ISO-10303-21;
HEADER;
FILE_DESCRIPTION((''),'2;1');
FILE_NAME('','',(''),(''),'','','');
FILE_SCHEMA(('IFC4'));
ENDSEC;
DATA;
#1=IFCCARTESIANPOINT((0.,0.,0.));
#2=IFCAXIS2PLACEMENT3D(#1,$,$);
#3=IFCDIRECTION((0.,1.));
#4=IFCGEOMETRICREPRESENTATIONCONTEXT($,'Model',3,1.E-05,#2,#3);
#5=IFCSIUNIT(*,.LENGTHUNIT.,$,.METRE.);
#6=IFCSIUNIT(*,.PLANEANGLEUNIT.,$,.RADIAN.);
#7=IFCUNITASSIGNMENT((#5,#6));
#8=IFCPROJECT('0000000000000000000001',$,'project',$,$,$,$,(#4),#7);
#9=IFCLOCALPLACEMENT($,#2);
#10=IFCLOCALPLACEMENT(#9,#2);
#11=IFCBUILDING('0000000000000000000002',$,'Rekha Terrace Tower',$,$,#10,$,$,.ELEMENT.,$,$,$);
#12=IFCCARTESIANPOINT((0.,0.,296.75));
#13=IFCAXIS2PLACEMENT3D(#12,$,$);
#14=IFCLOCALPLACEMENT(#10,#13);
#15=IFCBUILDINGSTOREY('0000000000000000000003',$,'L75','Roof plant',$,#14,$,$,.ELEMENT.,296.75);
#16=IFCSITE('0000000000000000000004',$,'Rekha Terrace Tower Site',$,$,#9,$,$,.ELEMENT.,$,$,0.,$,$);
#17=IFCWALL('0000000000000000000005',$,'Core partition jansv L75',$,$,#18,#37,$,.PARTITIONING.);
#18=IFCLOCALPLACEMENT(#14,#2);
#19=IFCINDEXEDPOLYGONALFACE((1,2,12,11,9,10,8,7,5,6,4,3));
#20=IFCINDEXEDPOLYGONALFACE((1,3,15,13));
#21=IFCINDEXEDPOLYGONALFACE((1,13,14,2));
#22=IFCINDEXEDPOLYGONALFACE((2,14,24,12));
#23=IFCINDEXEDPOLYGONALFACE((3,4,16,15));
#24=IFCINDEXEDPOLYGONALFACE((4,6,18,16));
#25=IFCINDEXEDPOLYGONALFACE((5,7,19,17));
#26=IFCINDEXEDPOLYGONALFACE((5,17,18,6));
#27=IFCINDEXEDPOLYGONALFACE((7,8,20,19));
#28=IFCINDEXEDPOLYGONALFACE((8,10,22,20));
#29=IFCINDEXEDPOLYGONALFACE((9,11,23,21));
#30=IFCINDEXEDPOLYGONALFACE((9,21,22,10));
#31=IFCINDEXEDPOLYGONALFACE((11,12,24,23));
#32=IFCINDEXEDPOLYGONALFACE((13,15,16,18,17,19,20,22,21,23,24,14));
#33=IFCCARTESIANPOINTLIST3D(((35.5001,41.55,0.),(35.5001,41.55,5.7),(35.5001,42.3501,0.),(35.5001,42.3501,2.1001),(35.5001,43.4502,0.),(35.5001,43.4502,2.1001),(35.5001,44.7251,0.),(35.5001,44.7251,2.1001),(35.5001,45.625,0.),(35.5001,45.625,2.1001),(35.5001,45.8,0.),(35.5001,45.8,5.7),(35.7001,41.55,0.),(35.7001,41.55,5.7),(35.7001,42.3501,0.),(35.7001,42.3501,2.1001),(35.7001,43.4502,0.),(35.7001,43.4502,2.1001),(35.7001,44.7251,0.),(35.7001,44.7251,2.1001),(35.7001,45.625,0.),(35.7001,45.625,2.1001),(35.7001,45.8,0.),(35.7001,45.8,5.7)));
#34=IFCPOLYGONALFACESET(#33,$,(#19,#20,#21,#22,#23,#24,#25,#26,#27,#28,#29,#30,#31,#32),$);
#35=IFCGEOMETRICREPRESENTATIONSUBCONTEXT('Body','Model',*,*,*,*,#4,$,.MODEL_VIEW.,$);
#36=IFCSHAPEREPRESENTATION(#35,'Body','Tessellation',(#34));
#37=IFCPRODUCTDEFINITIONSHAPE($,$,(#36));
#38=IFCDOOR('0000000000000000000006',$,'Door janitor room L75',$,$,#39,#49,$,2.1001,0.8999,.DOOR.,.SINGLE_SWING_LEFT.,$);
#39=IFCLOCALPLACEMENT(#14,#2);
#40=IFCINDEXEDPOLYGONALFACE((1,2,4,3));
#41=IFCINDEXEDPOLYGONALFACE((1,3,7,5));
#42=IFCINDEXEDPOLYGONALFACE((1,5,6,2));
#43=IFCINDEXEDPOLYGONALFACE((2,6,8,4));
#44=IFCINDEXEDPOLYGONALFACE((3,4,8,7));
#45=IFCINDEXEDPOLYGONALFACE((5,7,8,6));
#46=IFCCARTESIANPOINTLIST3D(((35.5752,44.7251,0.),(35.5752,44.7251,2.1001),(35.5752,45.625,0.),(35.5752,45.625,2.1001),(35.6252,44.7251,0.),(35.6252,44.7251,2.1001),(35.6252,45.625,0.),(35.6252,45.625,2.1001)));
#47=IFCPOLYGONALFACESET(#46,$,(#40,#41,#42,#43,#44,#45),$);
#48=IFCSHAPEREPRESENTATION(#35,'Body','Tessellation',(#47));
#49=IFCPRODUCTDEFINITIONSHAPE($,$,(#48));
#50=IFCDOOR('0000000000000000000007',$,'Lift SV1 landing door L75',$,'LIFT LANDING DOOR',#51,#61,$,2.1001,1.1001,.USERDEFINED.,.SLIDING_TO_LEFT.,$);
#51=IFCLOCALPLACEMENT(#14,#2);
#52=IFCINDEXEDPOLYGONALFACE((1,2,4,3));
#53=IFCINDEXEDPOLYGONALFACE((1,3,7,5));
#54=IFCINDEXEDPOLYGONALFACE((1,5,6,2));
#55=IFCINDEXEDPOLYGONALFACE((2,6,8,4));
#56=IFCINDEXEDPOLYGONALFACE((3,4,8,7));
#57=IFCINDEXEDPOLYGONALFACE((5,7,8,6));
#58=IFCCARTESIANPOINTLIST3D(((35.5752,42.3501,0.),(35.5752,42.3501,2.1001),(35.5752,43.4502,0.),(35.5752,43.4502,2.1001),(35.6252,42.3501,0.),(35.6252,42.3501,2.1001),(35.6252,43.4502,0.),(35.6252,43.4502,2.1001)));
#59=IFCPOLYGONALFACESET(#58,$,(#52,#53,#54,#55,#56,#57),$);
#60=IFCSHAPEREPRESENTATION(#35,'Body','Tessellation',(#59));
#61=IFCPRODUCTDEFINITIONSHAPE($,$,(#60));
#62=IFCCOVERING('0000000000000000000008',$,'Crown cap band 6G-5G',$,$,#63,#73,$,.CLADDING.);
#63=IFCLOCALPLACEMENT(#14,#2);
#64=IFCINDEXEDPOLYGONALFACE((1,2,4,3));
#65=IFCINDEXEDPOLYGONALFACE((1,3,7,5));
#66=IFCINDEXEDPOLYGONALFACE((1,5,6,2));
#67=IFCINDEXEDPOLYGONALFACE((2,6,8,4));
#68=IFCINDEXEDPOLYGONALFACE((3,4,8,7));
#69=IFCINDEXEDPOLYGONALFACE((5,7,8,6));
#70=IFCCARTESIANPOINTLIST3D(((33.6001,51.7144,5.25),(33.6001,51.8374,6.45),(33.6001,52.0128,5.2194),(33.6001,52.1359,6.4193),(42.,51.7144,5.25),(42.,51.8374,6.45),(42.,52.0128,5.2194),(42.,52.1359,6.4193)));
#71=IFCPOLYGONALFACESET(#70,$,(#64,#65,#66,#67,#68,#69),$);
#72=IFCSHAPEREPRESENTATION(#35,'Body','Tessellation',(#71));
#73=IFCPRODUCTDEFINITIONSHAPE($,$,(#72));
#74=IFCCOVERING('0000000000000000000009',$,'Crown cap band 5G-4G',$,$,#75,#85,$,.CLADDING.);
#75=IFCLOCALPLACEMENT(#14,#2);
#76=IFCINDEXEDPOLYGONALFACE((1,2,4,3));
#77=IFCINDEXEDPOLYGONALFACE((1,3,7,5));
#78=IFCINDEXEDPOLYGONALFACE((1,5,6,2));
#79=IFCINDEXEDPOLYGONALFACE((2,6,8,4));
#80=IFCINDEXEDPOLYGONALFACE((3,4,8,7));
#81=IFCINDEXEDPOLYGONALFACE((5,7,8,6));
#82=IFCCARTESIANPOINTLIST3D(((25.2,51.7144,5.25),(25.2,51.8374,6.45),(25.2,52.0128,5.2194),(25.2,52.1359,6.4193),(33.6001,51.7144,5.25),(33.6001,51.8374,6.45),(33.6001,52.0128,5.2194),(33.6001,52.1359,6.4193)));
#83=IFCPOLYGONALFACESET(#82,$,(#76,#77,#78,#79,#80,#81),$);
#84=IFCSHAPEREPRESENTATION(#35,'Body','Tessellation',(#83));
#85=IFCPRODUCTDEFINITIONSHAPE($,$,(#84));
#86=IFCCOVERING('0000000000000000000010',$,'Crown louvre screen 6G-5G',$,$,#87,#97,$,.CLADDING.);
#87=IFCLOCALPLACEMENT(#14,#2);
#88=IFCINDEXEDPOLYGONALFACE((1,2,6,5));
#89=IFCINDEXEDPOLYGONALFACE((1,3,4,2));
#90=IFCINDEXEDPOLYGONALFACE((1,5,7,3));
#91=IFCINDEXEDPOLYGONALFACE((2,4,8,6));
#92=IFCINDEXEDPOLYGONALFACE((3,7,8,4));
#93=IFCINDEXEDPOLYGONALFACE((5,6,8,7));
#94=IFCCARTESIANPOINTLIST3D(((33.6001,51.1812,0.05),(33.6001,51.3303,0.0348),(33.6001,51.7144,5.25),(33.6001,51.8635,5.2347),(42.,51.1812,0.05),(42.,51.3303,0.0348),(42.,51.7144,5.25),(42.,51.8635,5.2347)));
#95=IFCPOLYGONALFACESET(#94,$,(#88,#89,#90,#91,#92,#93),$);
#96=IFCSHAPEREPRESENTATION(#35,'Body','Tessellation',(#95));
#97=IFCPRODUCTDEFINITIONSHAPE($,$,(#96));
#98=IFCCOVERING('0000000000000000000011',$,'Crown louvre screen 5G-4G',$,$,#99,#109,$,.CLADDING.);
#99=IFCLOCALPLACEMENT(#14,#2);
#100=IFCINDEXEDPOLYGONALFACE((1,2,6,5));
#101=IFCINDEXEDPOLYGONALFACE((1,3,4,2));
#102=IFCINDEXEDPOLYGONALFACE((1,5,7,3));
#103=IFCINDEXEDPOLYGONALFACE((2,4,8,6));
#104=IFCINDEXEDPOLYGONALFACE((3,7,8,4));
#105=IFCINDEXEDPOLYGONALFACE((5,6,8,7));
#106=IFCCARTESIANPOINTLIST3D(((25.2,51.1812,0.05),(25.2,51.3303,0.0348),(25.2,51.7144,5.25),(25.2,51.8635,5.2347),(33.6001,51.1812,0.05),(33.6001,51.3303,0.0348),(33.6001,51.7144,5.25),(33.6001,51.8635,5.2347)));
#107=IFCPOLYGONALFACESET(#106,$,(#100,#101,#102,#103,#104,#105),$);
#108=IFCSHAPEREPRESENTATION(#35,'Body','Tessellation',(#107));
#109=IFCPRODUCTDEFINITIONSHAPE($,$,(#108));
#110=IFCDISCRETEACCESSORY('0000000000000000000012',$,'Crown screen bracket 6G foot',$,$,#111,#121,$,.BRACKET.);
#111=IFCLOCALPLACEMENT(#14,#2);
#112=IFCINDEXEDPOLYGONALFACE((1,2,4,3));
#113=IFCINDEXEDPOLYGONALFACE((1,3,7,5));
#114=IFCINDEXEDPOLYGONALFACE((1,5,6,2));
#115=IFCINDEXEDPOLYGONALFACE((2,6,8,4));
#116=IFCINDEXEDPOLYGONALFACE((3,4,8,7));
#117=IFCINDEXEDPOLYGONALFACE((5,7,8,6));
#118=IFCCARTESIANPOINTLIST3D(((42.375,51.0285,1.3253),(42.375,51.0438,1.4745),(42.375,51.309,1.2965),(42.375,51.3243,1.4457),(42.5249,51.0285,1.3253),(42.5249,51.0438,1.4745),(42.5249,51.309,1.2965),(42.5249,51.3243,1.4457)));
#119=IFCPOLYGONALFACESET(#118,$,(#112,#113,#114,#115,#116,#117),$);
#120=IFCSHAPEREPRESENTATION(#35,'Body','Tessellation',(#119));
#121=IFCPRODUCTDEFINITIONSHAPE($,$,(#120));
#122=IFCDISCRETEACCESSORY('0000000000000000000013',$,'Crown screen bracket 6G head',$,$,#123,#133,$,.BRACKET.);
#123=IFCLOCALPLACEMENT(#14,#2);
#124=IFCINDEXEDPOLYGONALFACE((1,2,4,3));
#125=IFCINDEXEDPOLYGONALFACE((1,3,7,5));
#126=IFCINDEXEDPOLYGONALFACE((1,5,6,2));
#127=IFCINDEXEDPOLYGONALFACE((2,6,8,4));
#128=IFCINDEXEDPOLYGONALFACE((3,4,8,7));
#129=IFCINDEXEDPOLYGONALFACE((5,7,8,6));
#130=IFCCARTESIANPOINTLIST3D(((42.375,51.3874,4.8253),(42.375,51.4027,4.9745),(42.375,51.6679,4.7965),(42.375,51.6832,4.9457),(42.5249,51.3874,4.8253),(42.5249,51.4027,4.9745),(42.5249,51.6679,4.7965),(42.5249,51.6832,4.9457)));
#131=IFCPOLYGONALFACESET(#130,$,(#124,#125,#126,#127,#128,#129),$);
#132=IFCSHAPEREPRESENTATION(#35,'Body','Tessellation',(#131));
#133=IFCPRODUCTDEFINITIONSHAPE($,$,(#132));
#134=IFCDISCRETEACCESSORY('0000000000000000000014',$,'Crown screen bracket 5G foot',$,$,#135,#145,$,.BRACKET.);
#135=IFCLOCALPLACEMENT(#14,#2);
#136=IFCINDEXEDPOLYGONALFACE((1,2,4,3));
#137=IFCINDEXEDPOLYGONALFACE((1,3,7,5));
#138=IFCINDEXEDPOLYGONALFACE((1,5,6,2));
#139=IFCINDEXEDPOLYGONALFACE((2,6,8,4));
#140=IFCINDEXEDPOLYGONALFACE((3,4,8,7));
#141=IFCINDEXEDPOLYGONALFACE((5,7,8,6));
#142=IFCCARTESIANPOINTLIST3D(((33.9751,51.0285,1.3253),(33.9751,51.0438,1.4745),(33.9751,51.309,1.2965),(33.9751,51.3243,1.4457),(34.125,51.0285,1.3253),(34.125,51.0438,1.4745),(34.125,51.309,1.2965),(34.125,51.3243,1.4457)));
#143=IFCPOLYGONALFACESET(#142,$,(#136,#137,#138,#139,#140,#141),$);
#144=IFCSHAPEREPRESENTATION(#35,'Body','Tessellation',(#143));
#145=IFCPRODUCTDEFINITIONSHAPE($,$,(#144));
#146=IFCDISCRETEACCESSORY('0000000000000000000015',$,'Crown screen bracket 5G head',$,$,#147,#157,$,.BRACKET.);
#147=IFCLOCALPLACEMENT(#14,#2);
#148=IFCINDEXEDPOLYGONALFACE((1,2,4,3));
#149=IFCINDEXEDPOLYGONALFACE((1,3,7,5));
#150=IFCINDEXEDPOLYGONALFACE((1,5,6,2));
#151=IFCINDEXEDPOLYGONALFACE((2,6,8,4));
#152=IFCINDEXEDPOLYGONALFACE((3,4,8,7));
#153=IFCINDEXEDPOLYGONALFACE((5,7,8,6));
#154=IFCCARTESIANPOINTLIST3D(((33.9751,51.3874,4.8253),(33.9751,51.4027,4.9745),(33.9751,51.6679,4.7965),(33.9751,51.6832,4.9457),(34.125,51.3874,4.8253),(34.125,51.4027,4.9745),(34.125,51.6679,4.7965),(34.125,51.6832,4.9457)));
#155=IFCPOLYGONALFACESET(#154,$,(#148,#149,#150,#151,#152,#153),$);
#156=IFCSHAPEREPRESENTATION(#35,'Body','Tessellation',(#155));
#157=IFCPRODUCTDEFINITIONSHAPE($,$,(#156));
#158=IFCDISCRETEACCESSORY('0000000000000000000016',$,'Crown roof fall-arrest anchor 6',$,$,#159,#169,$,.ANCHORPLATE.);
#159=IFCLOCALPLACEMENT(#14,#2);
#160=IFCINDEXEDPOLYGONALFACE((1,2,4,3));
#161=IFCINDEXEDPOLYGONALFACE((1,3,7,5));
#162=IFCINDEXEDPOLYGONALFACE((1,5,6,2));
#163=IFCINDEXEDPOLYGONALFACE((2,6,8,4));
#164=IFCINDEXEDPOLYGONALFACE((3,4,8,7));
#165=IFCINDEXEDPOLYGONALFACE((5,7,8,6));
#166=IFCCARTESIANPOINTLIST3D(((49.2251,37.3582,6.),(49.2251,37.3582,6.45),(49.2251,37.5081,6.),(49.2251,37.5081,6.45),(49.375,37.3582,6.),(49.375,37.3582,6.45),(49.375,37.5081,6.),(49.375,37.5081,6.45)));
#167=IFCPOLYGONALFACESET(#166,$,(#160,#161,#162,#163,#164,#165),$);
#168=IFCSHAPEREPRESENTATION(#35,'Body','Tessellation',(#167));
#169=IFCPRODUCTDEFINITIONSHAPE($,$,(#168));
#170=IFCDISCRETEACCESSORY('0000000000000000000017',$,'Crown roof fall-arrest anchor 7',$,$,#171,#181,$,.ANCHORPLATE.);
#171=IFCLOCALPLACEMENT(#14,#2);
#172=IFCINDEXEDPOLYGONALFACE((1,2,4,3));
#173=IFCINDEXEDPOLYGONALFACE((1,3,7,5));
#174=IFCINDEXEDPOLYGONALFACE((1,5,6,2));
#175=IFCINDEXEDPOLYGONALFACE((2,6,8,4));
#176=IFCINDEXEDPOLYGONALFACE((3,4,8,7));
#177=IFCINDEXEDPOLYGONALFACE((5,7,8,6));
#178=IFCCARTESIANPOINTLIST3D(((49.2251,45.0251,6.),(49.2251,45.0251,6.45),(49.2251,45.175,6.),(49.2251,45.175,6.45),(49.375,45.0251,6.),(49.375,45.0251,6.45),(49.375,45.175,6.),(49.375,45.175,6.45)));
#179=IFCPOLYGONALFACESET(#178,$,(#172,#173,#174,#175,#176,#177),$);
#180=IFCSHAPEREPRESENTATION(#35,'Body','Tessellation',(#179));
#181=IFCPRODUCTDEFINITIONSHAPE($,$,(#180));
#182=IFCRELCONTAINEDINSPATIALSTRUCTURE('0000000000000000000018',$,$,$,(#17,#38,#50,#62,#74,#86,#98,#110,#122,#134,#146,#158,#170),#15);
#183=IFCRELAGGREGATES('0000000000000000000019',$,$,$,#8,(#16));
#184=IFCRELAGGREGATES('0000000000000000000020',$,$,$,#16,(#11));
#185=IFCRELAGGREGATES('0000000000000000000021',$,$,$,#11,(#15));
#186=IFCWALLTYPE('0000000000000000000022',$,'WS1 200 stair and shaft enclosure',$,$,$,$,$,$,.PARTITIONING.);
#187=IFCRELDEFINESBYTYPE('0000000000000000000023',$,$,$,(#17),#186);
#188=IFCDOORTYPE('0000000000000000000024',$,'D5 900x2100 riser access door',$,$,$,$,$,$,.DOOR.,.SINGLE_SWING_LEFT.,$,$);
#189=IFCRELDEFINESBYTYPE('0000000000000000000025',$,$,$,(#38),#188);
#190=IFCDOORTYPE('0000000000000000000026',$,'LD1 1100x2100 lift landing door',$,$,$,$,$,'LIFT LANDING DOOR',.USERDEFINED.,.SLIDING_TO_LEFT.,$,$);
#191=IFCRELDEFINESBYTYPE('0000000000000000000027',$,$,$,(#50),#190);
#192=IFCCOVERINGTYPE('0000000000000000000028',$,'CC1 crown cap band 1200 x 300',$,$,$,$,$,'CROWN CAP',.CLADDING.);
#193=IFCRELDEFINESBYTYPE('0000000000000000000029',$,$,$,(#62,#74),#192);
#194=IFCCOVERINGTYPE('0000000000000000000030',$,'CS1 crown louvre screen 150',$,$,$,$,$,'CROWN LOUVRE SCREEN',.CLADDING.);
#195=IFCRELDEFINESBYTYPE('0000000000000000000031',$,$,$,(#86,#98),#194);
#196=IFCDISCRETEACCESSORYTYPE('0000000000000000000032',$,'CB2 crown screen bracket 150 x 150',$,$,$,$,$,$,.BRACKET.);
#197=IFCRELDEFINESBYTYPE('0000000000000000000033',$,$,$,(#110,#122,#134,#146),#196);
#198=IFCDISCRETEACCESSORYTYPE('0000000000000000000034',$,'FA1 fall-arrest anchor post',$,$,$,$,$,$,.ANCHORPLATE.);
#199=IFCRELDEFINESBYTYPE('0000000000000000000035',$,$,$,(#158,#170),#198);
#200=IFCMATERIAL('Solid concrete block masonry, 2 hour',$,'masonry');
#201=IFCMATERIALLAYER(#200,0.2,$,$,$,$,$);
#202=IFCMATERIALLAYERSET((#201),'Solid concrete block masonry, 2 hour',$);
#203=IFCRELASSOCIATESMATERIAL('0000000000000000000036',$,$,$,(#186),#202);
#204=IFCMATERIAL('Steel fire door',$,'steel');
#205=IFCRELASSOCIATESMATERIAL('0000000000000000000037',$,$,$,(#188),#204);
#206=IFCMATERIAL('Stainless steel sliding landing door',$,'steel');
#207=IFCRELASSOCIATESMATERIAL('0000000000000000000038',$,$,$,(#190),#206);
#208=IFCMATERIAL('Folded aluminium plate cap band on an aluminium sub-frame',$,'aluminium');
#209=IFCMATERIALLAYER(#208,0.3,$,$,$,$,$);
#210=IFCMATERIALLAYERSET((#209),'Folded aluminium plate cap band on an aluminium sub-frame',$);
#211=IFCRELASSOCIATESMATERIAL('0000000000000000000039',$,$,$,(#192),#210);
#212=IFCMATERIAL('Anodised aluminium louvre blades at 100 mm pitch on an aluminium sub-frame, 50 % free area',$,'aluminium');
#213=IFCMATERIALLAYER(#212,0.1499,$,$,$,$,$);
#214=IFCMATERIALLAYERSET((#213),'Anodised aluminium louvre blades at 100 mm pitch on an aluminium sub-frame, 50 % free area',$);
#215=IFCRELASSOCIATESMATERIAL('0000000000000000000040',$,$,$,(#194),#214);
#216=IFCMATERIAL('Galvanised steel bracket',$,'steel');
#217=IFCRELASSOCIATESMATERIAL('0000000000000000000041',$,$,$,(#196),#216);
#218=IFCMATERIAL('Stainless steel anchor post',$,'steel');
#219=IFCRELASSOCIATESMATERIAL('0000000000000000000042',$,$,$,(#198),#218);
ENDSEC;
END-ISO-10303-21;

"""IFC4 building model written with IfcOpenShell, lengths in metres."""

from ifc_helpers import new_model, si_unit, direction, frame, frame_2d, origin, origin_2d, place, context, subcontext, project, spatial, polyline, rectangle, outline, extrude, material, layer, layer_set, type_object, element, fill, save


model = new_model("IFC4")

# Units and contexts
model_context = context("Model", 3, precision=1e-05, world=origin(), true_north=direction((0.0, 1.0)))
body_context = subcontext(model_context, "Body", "Model", "MODEL_VIEW")
ifc_project = project(units=[si_unit("LENGTHUNIT", "METRE"), si_unit("PLANEANGLEUNIT", "RADIAN")], contexts=[model_context])

# Site, building, storey
site_placement = place(None, origin())
site = spatial("IfcSite", under=ifc_project, at=site_placement, Name="Rekha Terrace Tower Site", CompositionType="ELEMENT", RefElevation=0.0)
building_placement = place(site_placement, origin())
building = spatial("IfcBuilding", under=site, at=building_placement, Name="Rekha Terrace Tower", CompositionType="ELEMENT")
storey_placement = place(building_placement, frame((0.0, 0.0, 296.75)))
storey = spatial("IfcBuildingStorey", under=building, at=storey_placement, Name="L75", Description="Roof plant", CompositionType="ELEMENT", Elevation=296.75)

# Shared definitions
ifc_material_1 = material(Name="Stainless steel sliding landing door", Category="steel")
ifc_material_2 = material(Name="Steel fire door", Category="steel")

# Shared definitions
ifc_material_3 = material(Name="Solid concrete block masonry, 2 hour", Category="masonry")
ifc_layer_1 = layer(ifc_material_3, 0.2)
ifc_layer_set_1 = layer_set([ifc_layer_1], Name="Solid concrete block masonry, 2 hour")
wall_type_1 = type_object("IfcWallType", Name="WS1 200 stair and shaft enclosure", PredefinedType="PARTITIONING", material=ifc_layer_set_1)

# Shared definitions
door_type_1 = type_object("IfcDoorType", Name="D5 900x2100 riser access door", OperationType="SINGLE_SWING_LEFT", PredefinedType="DOOR", material=ifc_material_2)

# Wall, openings, doors
wall_1_placement = place(storey_placement, frame((35.6001, 41.55, 0.0), z_axis=(0.0, 0.0, 1.0), x_axis=(0.0, 1.0, 0.0)))
wall_1 = element("IfcWall", 1, at=wall_1_placement, inside=storey, type_object=wall_type_1, Name="Core partition jansv L75", PredefinedType="PARTITIONING", context=body_context, shape_type="SweptSolid", body=[
    extrude(rectangle(XDim=4.25, YDim=0.2, at=frame_2d((2.125, 0.0))), origin(), (0.0, 0.0, 1.0), 5.7),
])
opening_1_placement = place(wall_1_placement, frame((3.175, 0.0, 0.0)))
opening_1 = element("IfcOpeningElement", 2, at=opening_1_placement, cuts=wall_1, PredefinedType="OPENING", context=body_context, shape_type="SweptSolid", body=[
    extrude(rectangle(XDim=0.8999, YDim=2.1001, at=frame_2d((0.45, 1.05))), frame((0.0, 0.1099, 0.0), z_axis=(0.0, -1.0, 0.0), x_axis=(1.0, 0.0, 0.0)), (0.0, 0.0, 1.0), 0.22),
])
opening_2_placement = place(wall_1_placement, frame((0.8, 0.0, 0.0)))
opening_2 = element("IfcOpeningElement", 3, at=opening_2_placement, cuts=wall_1, PredefinedType="OPENING", context=body_context, shape_type="SweptSolid", body=[
    extrude(rectangle(XDim=1.1001, YDim=2.1001, at=frame_2d((0.55, 1.05))), frame((0.0, 0.1099, 0.0), z_axis=(0.0, -1.0, 0.0), x_axis=(1.0, 0.0, 0.0)), (0.0, 0.0, 1.0), 0.22),
])
door_1_placement = place(opening_1_placement, origin())
door_1 = element("IfcDoor", 4, at=door_1_placement, inside=storey, type_object=door_type_1, Name="Door janitor room L75", OperationType="SINGLE_SWING_LEFT", OverallHeight=2.1001, OverallWidth=0.8999, PredefinedType="DOOR", context=body_context, shape_type="SweptSolid", body=[
    extrude(rectangle(XDim=0.8999, YDim=2.1001, at=frame_2d((0.45, 1.05))), frame((0.0, 0.0249, 0.0), z_axis=(0.0, -1.0, 0.0), x_axis=(1.0, 0.0, 0.0)), (0.0, 0.0, 1.0), 0.05),
])
fill(opening_1, door_1)
door_type_2 = type_object("IfcDoorType", Name="LD1 1100x2100 lift landing door", ElementType="LIFT LANDING DOOR", OperationType="SLIDING_TO_LEFT", PredefinedType="USERDEFINED", material=ifc_material_1)
door_2_placement = place(opening_2_placement, origin())
door_2 = element("IfcDoor", 5, at=door_2_placement, inside=storey, type_object=door_type_2, Name="Lift SV1 landing door L75", ObjectType="LIFT LANDING DOOR", OperationType="SLIDING_TO_LEFT", OverallHeight=2.1001, OverallWidth=1.1001, PredefinedType="USERDEFINED", context=body_context, shape_type="SweptSolid", body=[
    extrude(rectangle(XDim=1.1001, YDim=2.1001, at=frame_2d((0.55, 1.05))), frame((0.0, 0.0249, 0.0), z_axis=(0.0, -1.0, 0.0), x_axis=(1.0, 0.0, 0.0)), (0.0, 0.0, 1.0), 0.05),
])
fill(opening_2, door_2)

# Coverings
ifc_material_4 = material(Name="Folded aluminium plate cap band on an aluminium sub-frame", Category="aluminium")
ifc_layer_2 = layer(ifc_material_4, 0.3)
ifc_layer_set_2 = layer_set([ifc_layer_2], Name="Folded aluminium plate cap band on an aluminium sub-frame")
covering_type_1 = type_object("IfcCoveringType", Name="CC1 crown cap band 1200 x 300", ElementType="CROWN CAP", PredefinedType="CLADDING", material=ifc_layer_set_2)
covering_1_placement = place(storey_placement, frame((42.0, 51.7144, 5.25), z_axis=(0.0, -0.994784, 0.102008), x_axis=(-1.0, 0.0, 0.0)))
element("IfcCovering", 6, at=covering_1_placement, inside=storey, type_object=covering_type_1, Name="Crown cap band 6G-5G", PredefinedType="CLADDING", context=body_context, shape_type="SweptSolid", body=[
    extrude(outline(polyline([(0.0, 0.0), (8.3999, 0.0), (8.3999, -1.2062), (0.0, -1.2062), (0.0, 0.0)])), origin(), (0.0, 0.0, -1.0), 0.3),
])
covering_2_placement = place(storey_placement, frame((33.6001, 51.7144, 5.25), z_axis=(0.0, -0.994784, 0.102008), x_axis=(-1.0, 0.0, 0.0)))
element("IfcCovering", 7, at=covering_2_placement, inside=storey, type_object=covering_type_1, Name="Crown cap band 5G-4G", PredefinedType="CLADDING", context=body_context, shape_type="SweptSolid", body=[
    extrude(outline(polyline([(0.0, 0.0), (8.4001, 0.0), (8.4001, -1.2062), (0.0, -1.2062), (0.0, 0.0)])), origin(), (0.0, 0.0, -1.0), 0.3),
])
ifc_material_5 = material(Name="Anodised aluminium louvre blades at 100 mm pitch on an aluminium sub-frame, 50 % free area", Category="aluminium")
ifc_layer_3 = layer(ifc_material_5, 0.1499)
ifc_layer_set_3 = layer_set([ifc_layer_3], Name="Anodised aluminium louvre blades at 100 mm pitch on an aluminium sub-frame, 50 % free area")
covering_type_2 = type_object("IfcCoveringType", Name="CS1 crown louvre screen 150", ElementType="CROWN LOUVRE SCREEN", PredefinedType="CLADDING", material=ifc_layer_set_3)
covering_3_placement = place(storey_placement, frame((42.0, 51.1812, 0.05), z_axis=(0.0, -0.994784, 0.102005), x_axis=(-1.0, 0.0, 0.0)))
element("IfcCovering", 8, at=covering_3_placement, inside=storey, type_object=covering_type_2, Name="Crown louvre screen 6G-5G", PredefinedType="CLADDING", context=body_context, shape_type="SweptSolid", body=[
    extrude(outline(polyline([(0.0, 0.0), (8.3999, 0.0), (8.3999, -5.2272), (0.0, -5.2272), (0.0, 0.0)])), origin(), (0.0, 0.0, -1.0), 0.1499),
])
covering_4_placement = place(storey_placement, frame((33.6001, 51.1812, 0.05), z_axis=(0.0, -0.994784, 0.102005), x_axis=(-1.0, 0.0, 0.0)))
element("IfcCovering", 9, at=covering_4_placement, inside=storey, type_object=covering_type_2, Name="Crown louvre screen 5G-4G", PredefinedType="CLADDING", context=body_context, shape_type="SweptSolid", body=[
    extrude(outline(polyline([(0.0, 0.0), (8.4001, 0.0), (8.4001, -5.2272), (0.0, -5.2272), (0.0, 0.0)])), origin(), (0.0, 0.0, -1.0), 0.1499),
])

# Discrete accessories
ifc_material_6 = material(Name="Galvanised steel bracket", Category="steel")
discrete_accessory_type_1 = type_object("IfcDiscreteAccessoryType", Name="CB2 crown screen bracket 150 x 150", PredefinedType="BRACKET", material=ifc_material_6)
for number, where, z_axis, x_axis, name in (
    (10, (42.45, 51.0361, 1.3999), (0.0, 0.994768, -0.102161), (-1.0, 0.0, 0.0), "Crown screen bracket 6G foot"),
    (11, (42.45, 51.395, 4.8999), (0.0, 0.994768, -0.102161), (-1.0, 0.0, 0.0), "Crown screen bracket 6G head"),
    (12, (34.05, 51.0361, 1.3999), (0.0, 0.994768, -0.102161), (-1.0, 0.0, 0.0), "Crown screen bracket 5G foot"),
    (13, (34.05, 51.395, 4.8999), (0.0, 0.994768, -0.102161), (-1.0, 0.0, 0.0), "Crown screen bracket 5G head"),
):
    element("IfcDiscreteAccessory", number, at=place(storey_placement, frame(where, z_axis=z_axis, x_axis=x_axis)), inside=storey, type_object=discrete_accessory_type_1, Name=name, PredefinedType="BRACKET", context=body_context, shape_type="SweptSolid", body=[
        extrude(rectangle(XDim=0.1499, YDim=0.1499, at=origin_2d()), origin(), (0.0, 0.0, 1.0), 0.282),
    ])
ifc_material_7 = material(Name="Stainless steel anchor post", Category="steel")
discrete_accessory_type_2 = type_object("IfcDiscreteAccessoryType", Name="FA1 fall-arrest anchor post", PredefinedType="ANCHORPLATE", material=ifc_material_7)
for number, where, z_axis, x_axis, name in (
    (14, (49.3, 37.4331, 6.0), (0.0, 0.0, 1.0), (1.0, 0.0, 0.0), "Crown roof fall-arrest anchor 6"),
    (15, (49.3, 45.1001, 6.0), (0.0, 0.0, 1.0), (1.0, 0.0, 0.0), "Crown roof fall-arrest anchor 7"),
):
    element("IfcDiscreteAccessory", number, at=place(storey_placement, frame(where, z_axis=z_axis, x_axis=x_axis)), inside=storey, type_object=discrete_accessory_type_2, Name=name, PredefinedType="ANCHORPLATE", context=body_context, shape_type="SweptSolid", body=[
        extrude(rectangle(XDim=0.1499, YDim=0.1499, at=origin_2d()), origin(), (0.0, 0.0, 1.0), 0.45),
    ])

save(model, "model.ifc")
